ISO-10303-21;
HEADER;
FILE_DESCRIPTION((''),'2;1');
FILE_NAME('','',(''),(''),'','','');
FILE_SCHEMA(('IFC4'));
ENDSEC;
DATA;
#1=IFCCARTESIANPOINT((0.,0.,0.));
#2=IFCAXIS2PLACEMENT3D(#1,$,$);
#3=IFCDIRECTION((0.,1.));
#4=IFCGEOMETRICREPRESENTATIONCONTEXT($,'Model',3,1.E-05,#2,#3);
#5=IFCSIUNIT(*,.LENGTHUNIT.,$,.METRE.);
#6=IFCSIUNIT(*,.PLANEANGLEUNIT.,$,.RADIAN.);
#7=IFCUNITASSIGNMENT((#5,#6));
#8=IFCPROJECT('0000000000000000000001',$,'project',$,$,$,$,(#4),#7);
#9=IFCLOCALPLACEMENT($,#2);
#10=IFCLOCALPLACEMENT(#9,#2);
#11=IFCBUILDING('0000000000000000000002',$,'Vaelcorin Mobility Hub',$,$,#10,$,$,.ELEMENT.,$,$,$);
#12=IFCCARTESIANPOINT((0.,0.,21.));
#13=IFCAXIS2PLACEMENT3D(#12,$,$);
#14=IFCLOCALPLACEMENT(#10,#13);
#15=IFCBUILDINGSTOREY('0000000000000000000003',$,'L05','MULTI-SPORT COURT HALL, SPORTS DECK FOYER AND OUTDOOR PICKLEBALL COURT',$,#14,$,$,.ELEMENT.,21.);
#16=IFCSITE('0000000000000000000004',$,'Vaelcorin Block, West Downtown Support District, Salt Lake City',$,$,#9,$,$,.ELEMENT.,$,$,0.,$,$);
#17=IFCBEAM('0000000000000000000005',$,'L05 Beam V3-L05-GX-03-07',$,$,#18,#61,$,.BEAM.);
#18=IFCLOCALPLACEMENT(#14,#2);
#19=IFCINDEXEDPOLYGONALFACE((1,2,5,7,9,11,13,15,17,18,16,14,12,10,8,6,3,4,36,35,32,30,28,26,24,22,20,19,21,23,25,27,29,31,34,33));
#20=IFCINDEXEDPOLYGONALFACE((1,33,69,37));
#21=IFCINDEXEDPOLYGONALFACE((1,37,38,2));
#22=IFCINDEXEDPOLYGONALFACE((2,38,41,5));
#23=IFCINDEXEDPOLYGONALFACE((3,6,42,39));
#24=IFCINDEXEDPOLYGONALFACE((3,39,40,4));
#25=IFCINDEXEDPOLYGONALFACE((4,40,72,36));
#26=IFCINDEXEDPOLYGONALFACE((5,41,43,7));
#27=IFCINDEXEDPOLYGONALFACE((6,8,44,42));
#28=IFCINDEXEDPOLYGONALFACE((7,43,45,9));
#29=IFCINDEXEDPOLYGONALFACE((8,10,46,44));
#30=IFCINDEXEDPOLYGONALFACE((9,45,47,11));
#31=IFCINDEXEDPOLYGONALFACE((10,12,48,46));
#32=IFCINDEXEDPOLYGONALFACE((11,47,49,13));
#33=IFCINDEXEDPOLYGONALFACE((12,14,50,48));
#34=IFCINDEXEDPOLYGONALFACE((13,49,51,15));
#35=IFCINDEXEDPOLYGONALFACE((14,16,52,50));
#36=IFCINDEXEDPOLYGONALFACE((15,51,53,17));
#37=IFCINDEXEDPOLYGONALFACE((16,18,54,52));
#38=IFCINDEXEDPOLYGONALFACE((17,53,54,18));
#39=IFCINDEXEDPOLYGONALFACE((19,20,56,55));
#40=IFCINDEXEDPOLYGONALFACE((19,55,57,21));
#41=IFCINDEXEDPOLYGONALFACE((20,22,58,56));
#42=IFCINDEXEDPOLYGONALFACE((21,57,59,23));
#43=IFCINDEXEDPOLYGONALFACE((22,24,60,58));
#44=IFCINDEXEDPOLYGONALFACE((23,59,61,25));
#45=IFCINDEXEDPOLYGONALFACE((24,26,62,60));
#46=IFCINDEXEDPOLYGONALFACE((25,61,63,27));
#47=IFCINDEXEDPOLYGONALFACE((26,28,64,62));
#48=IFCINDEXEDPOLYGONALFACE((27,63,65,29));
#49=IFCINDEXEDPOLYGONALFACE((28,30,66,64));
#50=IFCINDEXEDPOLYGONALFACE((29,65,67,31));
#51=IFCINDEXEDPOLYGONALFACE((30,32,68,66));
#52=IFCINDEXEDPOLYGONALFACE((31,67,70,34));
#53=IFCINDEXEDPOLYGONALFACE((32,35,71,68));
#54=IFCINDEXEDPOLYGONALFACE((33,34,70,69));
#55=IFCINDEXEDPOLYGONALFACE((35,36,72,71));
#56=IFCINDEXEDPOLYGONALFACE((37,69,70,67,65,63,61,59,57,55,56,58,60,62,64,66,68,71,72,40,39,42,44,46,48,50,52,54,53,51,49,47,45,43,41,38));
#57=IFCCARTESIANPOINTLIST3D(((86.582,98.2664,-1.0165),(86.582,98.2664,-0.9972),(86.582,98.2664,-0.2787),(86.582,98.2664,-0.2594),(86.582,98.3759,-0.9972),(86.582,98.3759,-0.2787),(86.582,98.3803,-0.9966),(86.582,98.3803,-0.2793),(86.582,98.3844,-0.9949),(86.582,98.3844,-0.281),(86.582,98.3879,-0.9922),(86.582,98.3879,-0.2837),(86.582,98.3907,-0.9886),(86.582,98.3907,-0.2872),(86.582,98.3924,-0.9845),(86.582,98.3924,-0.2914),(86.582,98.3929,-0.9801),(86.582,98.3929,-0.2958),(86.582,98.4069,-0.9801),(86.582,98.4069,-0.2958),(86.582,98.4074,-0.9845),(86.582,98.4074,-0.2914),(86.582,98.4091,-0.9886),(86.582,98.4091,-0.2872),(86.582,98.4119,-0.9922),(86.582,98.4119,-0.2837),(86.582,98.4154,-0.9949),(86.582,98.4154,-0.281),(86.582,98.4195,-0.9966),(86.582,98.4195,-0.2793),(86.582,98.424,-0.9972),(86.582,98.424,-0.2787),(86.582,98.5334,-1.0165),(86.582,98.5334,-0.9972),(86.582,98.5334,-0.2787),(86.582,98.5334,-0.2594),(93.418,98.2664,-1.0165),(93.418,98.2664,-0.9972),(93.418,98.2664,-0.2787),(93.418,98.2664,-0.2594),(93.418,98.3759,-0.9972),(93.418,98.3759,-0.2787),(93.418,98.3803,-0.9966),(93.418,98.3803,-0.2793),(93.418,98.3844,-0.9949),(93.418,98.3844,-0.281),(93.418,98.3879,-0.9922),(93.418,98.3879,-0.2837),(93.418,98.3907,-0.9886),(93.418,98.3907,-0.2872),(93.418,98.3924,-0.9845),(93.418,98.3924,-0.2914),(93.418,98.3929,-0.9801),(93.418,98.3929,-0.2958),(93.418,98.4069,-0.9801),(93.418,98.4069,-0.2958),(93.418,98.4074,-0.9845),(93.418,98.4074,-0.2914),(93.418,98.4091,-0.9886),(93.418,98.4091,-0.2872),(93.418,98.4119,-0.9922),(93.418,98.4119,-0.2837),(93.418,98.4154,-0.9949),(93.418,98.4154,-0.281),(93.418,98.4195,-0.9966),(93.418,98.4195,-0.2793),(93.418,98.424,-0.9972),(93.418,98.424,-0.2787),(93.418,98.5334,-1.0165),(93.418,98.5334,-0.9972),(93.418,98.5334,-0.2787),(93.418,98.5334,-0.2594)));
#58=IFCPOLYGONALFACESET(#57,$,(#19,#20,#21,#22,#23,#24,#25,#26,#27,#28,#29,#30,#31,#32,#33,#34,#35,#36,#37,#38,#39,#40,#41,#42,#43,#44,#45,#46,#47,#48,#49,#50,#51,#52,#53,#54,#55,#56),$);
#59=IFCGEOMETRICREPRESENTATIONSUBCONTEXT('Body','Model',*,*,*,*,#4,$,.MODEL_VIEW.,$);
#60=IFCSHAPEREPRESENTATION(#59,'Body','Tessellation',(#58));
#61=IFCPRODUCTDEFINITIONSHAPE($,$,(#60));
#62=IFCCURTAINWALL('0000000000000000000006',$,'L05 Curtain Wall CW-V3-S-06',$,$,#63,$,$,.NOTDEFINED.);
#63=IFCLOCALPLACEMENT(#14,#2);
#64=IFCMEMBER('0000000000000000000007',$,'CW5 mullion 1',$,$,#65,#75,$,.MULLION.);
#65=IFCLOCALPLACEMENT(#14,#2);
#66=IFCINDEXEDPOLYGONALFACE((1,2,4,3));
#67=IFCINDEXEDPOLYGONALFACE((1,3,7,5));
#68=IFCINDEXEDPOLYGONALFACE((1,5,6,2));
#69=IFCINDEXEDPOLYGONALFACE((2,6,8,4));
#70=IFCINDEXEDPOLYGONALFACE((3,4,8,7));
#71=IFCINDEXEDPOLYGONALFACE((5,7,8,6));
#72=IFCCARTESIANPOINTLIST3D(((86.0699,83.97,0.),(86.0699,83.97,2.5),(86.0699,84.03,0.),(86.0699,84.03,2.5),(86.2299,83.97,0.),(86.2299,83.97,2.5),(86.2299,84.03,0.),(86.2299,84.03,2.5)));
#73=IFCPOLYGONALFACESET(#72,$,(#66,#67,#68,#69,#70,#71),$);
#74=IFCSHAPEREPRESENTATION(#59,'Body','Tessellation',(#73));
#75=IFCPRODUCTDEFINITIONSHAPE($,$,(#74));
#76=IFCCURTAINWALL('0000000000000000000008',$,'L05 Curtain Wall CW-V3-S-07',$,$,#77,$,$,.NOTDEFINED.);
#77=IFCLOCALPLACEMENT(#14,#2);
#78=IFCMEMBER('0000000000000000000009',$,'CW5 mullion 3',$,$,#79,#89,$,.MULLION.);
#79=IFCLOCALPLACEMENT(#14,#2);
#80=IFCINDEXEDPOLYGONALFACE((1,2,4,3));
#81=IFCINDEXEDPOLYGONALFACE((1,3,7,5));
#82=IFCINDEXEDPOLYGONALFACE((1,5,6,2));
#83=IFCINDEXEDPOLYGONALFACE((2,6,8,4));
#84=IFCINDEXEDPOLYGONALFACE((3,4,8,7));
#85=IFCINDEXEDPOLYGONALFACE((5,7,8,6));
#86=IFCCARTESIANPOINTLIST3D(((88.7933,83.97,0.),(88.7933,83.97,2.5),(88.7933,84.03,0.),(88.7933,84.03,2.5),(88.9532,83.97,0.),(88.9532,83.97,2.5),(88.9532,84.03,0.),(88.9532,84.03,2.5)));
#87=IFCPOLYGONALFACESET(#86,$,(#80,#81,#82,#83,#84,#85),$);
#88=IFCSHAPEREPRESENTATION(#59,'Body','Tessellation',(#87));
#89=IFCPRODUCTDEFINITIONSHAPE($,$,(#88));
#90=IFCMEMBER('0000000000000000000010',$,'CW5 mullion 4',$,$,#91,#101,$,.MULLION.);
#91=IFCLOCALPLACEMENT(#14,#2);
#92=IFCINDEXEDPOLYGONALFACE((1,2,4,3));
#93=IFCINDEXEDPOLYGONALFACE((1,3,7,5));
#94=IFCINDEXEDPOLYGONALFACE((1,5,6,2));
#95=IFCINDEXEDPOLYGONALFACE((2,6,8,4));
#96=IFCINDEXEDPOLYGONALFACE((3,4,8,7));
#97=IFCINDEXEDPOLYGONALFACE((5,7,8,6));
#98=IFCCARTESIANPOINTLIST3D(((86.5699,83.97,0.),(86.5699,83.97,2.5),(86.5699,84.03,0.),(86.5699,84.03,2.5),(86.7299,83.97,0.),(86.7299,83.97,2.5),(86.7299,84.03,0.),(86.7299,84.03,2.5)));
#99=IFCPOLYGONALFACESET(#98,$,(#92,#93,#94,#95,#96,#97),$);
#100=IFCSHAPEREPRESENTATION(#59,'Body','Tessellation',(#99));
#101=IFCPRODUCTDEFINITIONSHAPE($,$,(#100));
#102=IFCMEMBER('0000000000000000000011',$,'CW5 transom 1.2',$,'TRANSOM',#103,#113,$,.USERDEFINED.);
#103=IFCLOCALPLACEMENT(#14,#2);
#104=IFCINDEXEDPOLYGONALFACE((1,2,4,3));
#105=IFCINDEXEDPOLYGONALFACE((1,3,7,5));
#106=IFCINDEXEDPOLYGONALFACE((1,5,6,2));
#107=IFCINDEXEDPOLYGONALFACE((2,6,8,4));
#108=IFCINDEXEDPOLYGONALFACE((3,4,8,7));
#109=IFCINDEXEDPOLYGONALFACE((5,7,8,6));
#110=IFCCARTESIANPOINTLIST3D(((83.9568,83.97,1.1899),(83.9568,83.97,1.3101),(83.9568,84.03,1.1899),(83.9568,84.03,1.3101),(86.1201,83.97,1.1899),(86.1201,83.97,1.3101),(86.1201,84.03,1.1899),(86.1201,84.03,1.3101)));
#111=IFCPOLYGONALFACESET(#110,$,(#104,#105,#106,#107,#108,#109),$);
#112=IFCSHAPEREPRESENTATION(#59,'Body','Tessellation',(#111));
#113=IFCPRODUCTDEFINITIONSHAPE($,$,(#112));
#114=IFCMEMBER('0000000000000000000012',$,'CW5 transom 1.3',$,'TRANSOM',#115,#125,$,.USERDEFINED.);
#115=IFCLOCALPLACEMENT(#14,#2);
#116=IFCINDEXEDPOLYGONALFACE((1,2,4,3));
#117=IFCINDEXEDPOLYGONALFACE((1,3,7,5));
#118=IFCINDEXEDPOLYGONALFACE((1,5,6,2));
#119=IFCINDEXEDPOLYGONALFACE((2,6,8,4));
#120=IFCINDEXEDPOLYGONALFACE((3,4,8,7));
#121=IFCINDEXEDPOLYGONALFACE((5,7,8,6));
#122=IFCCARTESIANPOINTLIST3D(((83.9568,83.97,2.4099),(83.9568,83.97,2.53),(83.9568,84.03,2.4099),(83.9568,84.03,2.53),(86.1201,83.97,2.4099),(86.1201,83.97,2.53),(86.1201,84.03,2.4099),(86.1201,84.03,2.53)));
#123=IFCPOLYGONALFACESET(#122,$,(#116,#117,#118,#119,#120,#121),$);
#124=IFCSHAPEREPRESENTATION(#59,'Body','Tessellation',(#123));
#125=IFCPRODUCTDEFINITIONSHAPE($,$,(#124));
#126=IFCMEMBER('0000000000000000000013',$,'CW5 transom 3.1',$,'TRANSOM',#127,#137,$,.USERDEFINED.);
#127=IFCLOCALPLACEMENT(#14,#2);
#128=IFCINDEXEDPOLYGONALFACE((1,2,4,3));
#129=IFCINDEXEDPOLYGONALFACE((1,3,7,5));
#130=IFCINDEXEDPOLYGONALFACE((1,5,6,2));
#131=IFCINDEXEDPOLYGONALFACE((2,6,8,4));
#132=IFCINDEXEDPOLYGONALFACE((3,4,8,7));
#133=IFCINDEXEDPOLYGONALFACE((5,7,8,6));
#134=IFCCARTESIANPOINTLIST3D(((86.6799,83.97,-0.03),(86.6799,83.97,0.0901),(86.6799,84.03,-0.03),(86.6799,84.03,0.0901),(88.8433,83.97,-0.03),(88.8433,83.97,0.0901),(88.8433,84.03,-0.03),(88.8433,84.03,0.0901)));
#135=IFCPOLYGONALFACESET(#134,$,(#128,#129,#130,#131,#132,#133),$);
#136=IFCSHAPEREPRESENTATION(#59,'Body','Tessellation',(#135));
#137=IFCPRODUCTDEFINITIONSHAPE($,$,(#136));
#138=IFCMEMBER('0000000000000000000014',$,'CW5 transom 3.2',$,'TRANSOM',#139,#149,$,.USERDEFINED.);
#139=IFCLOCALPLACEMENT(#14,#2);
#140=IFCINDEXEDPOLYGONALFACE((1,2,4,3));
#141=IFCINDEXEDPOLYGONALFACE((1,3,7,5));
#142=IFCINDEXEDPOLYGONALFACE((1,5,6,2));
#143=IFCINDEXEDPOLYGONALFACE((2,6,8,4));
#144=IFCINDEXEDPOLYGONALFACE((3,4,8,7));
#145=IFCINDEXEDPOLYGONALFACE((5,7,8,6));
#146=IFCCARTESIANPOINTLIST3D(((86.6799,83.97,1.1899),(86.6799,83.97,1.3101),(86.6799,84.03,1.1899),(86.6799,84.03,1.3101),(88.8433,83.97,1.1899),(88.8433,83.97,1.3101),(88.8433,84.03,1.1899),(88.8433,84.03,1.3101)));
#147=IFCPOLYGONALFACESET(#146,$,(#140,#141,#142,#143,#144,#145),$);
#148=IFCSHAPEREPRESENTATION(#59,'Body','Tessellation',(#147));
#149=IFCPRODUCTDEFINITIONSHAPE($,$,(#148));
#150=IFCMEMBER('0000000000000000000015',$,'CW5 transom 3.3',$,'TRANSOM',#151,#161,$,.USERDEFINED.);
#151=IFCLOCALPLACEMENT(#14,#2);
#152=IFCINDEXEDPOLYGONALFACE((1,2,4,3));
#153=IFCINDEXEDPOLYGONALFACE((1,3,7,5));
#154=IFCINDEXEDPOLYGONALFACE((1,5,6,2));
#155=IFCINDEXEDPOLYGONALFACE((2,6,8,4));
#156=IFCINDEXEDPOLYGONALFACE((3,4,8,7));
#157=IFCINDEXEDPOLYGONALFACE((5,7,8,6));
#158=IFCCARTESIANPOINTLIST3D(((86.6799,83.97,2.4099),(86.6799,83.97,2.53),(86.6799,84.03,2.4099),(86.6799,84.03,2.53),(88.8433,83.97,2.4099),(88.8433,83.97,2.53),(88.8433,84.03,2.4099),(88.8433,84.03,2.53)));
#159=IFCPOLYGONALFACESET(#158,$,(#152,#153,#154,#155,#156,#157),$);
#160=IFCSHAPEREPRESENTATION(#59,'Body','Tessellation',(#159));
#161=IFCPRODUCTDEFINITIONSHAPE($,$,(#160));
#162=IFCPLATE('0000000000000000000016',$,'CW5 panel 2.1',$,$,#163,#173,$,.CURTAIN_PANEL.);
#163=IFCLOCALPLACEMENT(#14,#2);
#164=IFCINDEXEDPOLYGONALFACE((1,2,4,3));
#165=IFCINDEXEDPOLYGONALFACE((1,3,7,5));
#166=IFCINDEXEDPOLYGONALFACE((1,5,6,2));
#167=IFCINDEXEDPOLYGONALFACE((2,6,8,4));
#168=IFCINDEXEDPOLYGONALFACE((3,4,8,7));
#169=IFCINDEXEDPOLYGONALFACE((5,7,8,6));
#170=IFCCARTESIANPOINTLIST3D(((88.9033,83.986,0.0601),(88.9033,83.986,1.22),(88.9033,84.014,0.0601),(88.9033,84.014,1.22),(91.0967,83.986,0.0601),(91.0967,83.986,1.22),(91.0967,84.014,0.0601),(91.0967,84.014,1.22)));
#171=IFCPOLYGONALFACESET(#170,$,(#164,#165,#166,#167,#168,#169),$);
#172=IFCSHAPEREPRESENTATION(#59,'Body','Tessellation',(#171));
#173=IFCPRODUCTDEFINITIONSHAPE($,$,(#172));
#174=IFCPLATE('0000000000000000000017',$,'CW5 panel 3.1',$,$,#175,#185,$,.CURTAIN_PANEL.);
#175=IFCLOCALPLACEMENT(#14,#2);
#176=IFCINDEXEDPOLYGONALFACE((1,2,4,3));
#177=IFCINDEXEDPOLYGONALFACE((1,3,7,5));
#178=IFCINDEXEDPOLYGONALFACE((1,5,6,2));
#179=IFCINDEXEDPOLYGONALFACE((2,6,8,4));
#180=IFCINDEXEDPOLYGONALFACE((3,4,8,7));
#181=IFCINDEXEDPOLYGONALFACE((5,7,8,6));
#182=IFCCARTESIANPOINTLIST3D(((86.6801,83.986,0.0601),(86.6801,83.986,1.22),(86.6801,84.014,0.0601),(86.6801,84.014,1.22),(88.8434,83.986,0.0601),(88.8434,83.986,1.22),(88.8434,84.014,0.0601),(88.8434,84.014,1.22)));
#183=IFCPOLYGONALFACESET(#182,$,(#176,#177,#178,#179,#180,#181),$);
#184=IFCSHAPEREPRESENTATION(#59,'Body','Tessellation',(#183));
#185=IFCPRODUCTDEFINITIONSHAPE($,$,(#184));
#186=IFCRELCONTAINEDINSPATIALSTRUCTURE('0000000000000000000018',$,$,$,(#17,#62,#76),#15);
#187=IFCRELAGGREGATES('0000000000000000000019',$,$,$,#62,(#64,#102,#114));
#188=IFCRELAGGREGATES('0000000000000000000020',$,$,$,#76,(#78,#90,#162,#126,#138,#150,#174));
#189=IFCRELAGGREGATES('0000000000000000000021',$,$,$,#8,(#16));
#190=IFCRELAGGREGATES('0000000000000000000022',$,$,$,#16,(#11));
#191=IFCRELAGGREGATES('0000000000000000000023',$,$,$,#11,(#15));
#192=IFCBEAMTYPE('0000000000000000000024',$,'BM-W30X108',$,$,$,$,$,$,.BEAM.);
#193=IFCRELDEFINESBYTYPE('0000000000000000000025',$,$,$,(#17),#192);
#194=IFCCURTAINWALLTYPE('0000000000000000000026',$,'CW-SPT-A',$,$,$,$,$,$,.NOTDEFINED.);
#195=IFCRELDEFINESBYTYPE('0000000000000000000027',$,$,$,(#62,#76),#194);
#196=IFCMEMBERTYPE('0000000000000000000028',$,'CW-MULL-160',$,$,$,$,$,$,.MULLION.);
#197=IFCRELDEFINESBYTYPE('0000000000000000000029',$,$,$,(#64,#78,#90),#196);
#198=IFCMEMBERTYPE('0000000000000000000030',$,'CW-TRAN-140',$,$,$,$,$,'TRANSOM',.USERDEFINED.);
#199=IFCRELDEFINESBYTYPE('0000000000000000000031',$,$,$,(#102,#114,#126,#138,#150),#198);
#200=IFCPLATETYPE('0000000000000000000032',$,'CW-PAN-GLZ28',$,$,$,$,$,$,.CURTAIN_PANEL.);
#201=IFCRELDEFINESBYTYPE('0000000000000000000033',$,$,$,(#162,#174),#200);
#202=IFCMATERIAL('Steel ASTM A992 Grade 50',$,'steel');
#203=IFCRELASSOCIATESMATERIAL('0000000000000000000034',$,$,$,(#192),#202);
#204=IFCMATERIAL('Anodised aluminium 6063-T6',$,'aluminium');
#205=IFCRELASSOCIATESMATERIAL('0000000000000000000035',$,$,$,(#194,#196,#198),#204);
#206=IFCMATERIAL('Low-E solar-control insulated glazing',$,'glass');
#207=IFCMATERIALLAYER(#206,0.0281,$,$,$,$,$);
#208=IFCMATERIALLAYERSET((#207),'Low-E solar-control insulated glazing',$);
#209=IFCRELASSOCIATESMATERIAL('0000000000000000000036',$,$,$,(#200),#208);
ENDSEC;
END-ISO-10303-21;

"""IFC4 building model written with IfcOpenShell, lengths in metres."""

from ifc_helpers import new_model, si_unit, direction, frame, origin, origin_2d, place, context, subcontext, project, spatial, rectangle, i_section, extrude, material, layer, layer_set, material_profile, profile_set, type_object, element, aggregate, save


model = new_model("IFC4")

# Units and contexts
model_context = context("Model", 3, precision=1e-05, world=origin(), true_north=direction((0.0, 1.0)))
body_context = subcontext(model_context, "Body", "Model", "MODEL_VIEW")
ifc_project = project(units=[si_unit("LENGTHUNIT", "METRE"), si_unit("PLANEANGLEUNIT", "RADIAN")], contexts=[model_context])

# Site, building, storey
site_placement = place(None, origin())
site = spatial("IfcSite", under=ifc_project, at=site_placement, Name="Vaelcorin Block, West Downtown Support District, Salt Lake City", CompositionType="ELEMENT", RefElevation=0.0)
building_placement = place(site_placement, origin())
building = spatial("IfcBuilding", under=site, at=building_placement, Name="Vaelcorin Mobility Hub", CompositionType="ELEMENT")
storey_placement = place(building_placement, frame((0.0, 0.0, 21.0)))
storey = spatial("IfcBuildingStorey", under=building, at=storey_placement, Name="L05", Description="MULTI-SPORT COURT HALL, SPORTS DECK FOYER AND OUTDOOR PICKLEBALL COURT", CompositionType="ELEMENT", Elevation=21.0)

# Shared definitions
ifc_material_1 = material(Name="Steel ASTM A992 Grade 50", Category="steel")

# Beam
ifc_material_profile_1 = material_profile(ifc_material_1, i_section(OverallWidth=0.2671, OverallDepth=0.7571, WebThickness=0.0139, FlangeThickness=0.0193, FilletRadius=0.0171, at=origin_2d()), Name="W30X108")
ifc_profile_set_1 = profile_set([ifc_material_profile_1], Name="Steel ASTM A992 Grade 50")
beam_type_1 = type_object("IfcBeamType", Name="BM-W30X108", PredefinedType="BEAM", material=ifc_profile_set_1)
for number, where, z_axis, x_axis, name in (
    (1, (86.582, 98.3999, -0.6379), (1.0, 0.0, 0.0), (0.0, 1.0, 0.0), "L05 Beam V3-L05-GX-03-07"),
):
    element("IfcBeam", number, at=place(storey_placement, frame(where, z_axis=z_axis, x_axis=x_axis)), inside=storey, type_object=beam_type_1, Name=name, PredefinedType="BEAM", context=body_context, shape_type="SweptSolid", body=[
        extrude(i_section(OverallWidth=0.2671, OverallDepth=0.7571, WebThickness=0.0139, FlangeThickness=0.0193, FilletRadius=0.0171, at=origin_2d()), origin(), (0.0, 0.0, 1.0), 6.8359),
    ])

# Curtain wall, member
ifc_material_2 = material(Name="Anodised aluminium 6063-T6", Category="aluminium")
curtain_wall_type = type_object("IfcCurtainWallType", Name="CW-SPT-A", PredefinedType="NOTDEFINED", material=ifc_material_2)
curtain_wall_1_placement = place(storey_placement, origin())
curtain_wall_1 = element("IfcCurtainWall", 2, at=curtain_wall_1_placement, inside=storey, type_object=curtain_wall_type, Name="L05 Curtain Wall CW-V3-S-06", PredefinedType="NOTDEFINED")
ifc_material_profile_2 = material_profile(ifc_material_2, rectangle(XDim=0.0601, YDim=0.1599, at=origin_2d()), Name="ALU-M60X160")
ifc_profile_set_2 = profile_set([ifc_material_profile_2], Name="Anodised aluminium 6063-T6")
member_type_1 = type_object("IfcMemberType", Name="CW-MULL-160", PredefinedType="MULLION", material=ifc_profile_set_2)
member_1_placement = place(storey_placement, frame((86.1499, 84.0, 0.0), z_axis=(0.0, 0.0, 1.0), x_axis=(0.0, -1.0, 0.0)))
member_1 = element("IfcMember", 3, at=member_1_placement, type_object=member_type_1, Name="CW5 mullion 1", PredefinedType="MULLION", context=body_context, shape_type="SweptSolid", body=[
    extrude(rectangle(XDim=0.0601, YDim=0.1599, at=origin_2d()), origin(), (0.0, 0.0, 1.0), 2.5),
])

# Curtain wall, members
curtain_wall_2_placement = place(storey_placement, origin())
curtain_wall_2 = element("IfcCurtainWall", 4, at=curtain_wall_2_placement, inside=storey, type_object=curtain_wall_type, Name="L05 Curtain Wall CW-V3-S-07", PredefinedType="NOTDEFINED")
member_2_placement = place(storey_placement, frame((88.8733, 84.0, 0.0), z_axis=(0.0, 0.0, 1.0), x_axis=(0.0, -1.0, 0.0)))
member_2 = element("IfcMember", 5, at=member_2_placement, type_object=member_type_1, Name="CW5 mullion 3", PredefinedType="MULLION", context=body_context, shape_type="SweptSolid", body=[
    extrude(rectangle(XDim=0.0601, YDim=0.1599, at=origin_2d()), origin(), (0.0, 0.0, 1.0), 2.5),
])
member_3_placement = place(storey_placement, frame((86.6499, 84.0, 0.0), z_axis=(0.0, 0.0, 1.0), x_axis=(0.0, -1.0, 0.0)))
member_3 = element("IfcMember", 6, at=member_3_placement, type_object=member_type_1, Name="CW5 mullion 4", PredefinedType="MULLION", context=body_context, shape_type="SweptSolid", body=[
    extrude(rectangle(XDim=0.0601, YDim=0.1599, at=origin_2d()), origin(), (0.0, 0.0, 1.0), 2.5),
])

# Members
ifc_material_profile_3 = material_profile(ifc_material_2, rectangle(XDim=0.0601, YDim=0.1201, at=origin_2d()), Name="ALU-T60X120")
ifc_profile_set_3 = profile_set([ifc_material_profile_3], Name="Anodised aluminium 6063-T6")
member_type_2 = type_object("IfcMemberType", Name="CW-TRAN-140", ElementType="TRANSOM", PredefinedType="USERDEFINED", material=ifc_profile_set_3)
member_4_placement = place(storey_placement, frame((86.1201, 84.0, 1.25), z_axis=(-1.0, 0.0, 0.0), x_axis=(0.0, -1.0, 0.0)))
member_4 = element("IfcMember", 7, at=member_4_placement, type_object=member_type_2, Name="CW5 transom 1.2", ObjectType="TRANSOM", PredefinedType="USERDEFINED", context=body_context, shape_type="SweptSolid", body=[
    extrude(rectangle(XDim=0.0601, YDim=0.1201, at=origin_2d()), origin(), (0.0, 0.0, 1.0), 2.1633),
])
member_5_placement = place(storey_placement, frame((86.1201, 84.0, 2.47), z_axis=(-1.0, 0.0, 0.0), x_axis=(0.0, -1.0, 0.0)))
member_5 = element("IfcMember", 8, at=member_5_placement, type_object=member_type_2, Name="CW5 transom 1.3", ObjectType="TRANSOM", PredefinedType="USERDEFINED", context=body_context, shape_type="SweptSolid", body=[
    extrude(rectangle(XDim=0.0601, YDim=0.1201, at=origin_2d()), origin(), (0.0, 0.0, 1.0), 2.1633),
])
aggregate(curtain_wall_1, [member_1, member_4, member_5])
member_6_placement = place(storey_placement, frame((88.8433, 84.0, 0.03), z_axis=(-1.0, 0.0, 0.0), x_axis=(0.0, -1.0, 0.0)))
member_6 = element("IfcMember", 9, at=member_6_placement, type_object=member_type_2, Name="CW5 transom 3.1", ObjectType="TRANSOM", PredefinedType="USERDEFINED", context=body_context, shape_type="SweptSolid", body=[
    extrude(rectangle(XDim=0.0601, YDim=0.1201, at=origin_2d()), origin(), (0.0, 0.0, 1.0), 2.1633),
])
member_7_placement = place(storey_placement, frame((88.8433, 84.0, 1.25), z_axis=(-1.0, 0.0, 0.0), x_axis=(0.0, -1.0, 0.0)))
member_7 = element("IfcMember", 10, at=member_7_placement, type_object=member_type_2, Name="CW5 transom 3.2", ObjectType="TRANSOM", PredefinedType="USERDEFINED", context=body_context, shape_type="SweptSolid", body=[
    extrude(rectangle(XDim=0.0601, YDim=0.1201, at=origin_2d()), origin(), (0.0, 0.0, 1.0), 2.1633),
])
member_8_placement = place(storey_placement, frame((88.8433, 84.0, 2.47), z_axis=(-1.0, 0.0, 0.0), x_axis=(0.0, -1.0, 0.0)))
member_8 = element("IfcMember", 11, at=member_8_placement, type_object=member_type_2, Name="CW5 transom 3.3", ObjectType="TRANSOM", PredefinedType="USERDEFINED", context=body_context, shape_type="SweptSolid", body=[
    extrude(rectangle(XDim=0.0601, YDim=0.1201, at=origin_2d()), origin(), (0.0, 0.0, 1.0), 2.1633),
])

# Plates
ifc_material_3 = material(Name="Low-E solar-control insulated glazing", Category="glass")
ifc_layer = layer(ifc_material_3, 0.0281)
ifc_layer_set = layer_set([ifc_layer], Name="Low-E solar-control insulated glazing")
plate_type = type_object("IfcPlateType", Name="CW-PAN-GLZ28", PredefinedType="CURTAIN_PANEL", material=ifc_layer_set)
plate_1_placement = place(storey_placement, frame((90.0, 84.0, 0.0601), z_axis=(0.0, 0.0, 1.0), x_axis=(-1.0, 0.0, 0.0)))
plate_1 = element("IfcPlate", 12, at=plate_1_placement, type_object=plate_type, Name="CW5 panel 2.1", PredefinedType="CURTAIN_PANEL", context=body_context, shape_type="SweptSolid", body=[
    extrude(rectangle(XDim=2.1934, YDim=0.0281, at=origin_2d()), origin(), (0.0, 0.0, 1.0), 1.1599),
])
plate_2_placement = place(storey_placement, frame((87.7617, 84.0, 0.0601), z_axis=(0.0, 0.0, 1.0), x_axis=(-1.0, 0.0, 0.0)))
plate_2 = element("IfcPlate", 13, at=plate_2_placement, type_object=plate_type, Name="CW5 panel 3.1", PredefinedType="CURTAIN_PANEL", context=body_context, shape_type="SweptSolid", body=[
    extrude(rectangle(XDim=2.1633, YDim=0.0281, at=origin_2d()), origin(), (0.0, 0.0, 1.0), 1.1599),
])
aggregate(curtain_wall_2, [member_2, member_3, plate_1, member_6, member_7, member_8, plate_2])

save(model, "model.ifc")
